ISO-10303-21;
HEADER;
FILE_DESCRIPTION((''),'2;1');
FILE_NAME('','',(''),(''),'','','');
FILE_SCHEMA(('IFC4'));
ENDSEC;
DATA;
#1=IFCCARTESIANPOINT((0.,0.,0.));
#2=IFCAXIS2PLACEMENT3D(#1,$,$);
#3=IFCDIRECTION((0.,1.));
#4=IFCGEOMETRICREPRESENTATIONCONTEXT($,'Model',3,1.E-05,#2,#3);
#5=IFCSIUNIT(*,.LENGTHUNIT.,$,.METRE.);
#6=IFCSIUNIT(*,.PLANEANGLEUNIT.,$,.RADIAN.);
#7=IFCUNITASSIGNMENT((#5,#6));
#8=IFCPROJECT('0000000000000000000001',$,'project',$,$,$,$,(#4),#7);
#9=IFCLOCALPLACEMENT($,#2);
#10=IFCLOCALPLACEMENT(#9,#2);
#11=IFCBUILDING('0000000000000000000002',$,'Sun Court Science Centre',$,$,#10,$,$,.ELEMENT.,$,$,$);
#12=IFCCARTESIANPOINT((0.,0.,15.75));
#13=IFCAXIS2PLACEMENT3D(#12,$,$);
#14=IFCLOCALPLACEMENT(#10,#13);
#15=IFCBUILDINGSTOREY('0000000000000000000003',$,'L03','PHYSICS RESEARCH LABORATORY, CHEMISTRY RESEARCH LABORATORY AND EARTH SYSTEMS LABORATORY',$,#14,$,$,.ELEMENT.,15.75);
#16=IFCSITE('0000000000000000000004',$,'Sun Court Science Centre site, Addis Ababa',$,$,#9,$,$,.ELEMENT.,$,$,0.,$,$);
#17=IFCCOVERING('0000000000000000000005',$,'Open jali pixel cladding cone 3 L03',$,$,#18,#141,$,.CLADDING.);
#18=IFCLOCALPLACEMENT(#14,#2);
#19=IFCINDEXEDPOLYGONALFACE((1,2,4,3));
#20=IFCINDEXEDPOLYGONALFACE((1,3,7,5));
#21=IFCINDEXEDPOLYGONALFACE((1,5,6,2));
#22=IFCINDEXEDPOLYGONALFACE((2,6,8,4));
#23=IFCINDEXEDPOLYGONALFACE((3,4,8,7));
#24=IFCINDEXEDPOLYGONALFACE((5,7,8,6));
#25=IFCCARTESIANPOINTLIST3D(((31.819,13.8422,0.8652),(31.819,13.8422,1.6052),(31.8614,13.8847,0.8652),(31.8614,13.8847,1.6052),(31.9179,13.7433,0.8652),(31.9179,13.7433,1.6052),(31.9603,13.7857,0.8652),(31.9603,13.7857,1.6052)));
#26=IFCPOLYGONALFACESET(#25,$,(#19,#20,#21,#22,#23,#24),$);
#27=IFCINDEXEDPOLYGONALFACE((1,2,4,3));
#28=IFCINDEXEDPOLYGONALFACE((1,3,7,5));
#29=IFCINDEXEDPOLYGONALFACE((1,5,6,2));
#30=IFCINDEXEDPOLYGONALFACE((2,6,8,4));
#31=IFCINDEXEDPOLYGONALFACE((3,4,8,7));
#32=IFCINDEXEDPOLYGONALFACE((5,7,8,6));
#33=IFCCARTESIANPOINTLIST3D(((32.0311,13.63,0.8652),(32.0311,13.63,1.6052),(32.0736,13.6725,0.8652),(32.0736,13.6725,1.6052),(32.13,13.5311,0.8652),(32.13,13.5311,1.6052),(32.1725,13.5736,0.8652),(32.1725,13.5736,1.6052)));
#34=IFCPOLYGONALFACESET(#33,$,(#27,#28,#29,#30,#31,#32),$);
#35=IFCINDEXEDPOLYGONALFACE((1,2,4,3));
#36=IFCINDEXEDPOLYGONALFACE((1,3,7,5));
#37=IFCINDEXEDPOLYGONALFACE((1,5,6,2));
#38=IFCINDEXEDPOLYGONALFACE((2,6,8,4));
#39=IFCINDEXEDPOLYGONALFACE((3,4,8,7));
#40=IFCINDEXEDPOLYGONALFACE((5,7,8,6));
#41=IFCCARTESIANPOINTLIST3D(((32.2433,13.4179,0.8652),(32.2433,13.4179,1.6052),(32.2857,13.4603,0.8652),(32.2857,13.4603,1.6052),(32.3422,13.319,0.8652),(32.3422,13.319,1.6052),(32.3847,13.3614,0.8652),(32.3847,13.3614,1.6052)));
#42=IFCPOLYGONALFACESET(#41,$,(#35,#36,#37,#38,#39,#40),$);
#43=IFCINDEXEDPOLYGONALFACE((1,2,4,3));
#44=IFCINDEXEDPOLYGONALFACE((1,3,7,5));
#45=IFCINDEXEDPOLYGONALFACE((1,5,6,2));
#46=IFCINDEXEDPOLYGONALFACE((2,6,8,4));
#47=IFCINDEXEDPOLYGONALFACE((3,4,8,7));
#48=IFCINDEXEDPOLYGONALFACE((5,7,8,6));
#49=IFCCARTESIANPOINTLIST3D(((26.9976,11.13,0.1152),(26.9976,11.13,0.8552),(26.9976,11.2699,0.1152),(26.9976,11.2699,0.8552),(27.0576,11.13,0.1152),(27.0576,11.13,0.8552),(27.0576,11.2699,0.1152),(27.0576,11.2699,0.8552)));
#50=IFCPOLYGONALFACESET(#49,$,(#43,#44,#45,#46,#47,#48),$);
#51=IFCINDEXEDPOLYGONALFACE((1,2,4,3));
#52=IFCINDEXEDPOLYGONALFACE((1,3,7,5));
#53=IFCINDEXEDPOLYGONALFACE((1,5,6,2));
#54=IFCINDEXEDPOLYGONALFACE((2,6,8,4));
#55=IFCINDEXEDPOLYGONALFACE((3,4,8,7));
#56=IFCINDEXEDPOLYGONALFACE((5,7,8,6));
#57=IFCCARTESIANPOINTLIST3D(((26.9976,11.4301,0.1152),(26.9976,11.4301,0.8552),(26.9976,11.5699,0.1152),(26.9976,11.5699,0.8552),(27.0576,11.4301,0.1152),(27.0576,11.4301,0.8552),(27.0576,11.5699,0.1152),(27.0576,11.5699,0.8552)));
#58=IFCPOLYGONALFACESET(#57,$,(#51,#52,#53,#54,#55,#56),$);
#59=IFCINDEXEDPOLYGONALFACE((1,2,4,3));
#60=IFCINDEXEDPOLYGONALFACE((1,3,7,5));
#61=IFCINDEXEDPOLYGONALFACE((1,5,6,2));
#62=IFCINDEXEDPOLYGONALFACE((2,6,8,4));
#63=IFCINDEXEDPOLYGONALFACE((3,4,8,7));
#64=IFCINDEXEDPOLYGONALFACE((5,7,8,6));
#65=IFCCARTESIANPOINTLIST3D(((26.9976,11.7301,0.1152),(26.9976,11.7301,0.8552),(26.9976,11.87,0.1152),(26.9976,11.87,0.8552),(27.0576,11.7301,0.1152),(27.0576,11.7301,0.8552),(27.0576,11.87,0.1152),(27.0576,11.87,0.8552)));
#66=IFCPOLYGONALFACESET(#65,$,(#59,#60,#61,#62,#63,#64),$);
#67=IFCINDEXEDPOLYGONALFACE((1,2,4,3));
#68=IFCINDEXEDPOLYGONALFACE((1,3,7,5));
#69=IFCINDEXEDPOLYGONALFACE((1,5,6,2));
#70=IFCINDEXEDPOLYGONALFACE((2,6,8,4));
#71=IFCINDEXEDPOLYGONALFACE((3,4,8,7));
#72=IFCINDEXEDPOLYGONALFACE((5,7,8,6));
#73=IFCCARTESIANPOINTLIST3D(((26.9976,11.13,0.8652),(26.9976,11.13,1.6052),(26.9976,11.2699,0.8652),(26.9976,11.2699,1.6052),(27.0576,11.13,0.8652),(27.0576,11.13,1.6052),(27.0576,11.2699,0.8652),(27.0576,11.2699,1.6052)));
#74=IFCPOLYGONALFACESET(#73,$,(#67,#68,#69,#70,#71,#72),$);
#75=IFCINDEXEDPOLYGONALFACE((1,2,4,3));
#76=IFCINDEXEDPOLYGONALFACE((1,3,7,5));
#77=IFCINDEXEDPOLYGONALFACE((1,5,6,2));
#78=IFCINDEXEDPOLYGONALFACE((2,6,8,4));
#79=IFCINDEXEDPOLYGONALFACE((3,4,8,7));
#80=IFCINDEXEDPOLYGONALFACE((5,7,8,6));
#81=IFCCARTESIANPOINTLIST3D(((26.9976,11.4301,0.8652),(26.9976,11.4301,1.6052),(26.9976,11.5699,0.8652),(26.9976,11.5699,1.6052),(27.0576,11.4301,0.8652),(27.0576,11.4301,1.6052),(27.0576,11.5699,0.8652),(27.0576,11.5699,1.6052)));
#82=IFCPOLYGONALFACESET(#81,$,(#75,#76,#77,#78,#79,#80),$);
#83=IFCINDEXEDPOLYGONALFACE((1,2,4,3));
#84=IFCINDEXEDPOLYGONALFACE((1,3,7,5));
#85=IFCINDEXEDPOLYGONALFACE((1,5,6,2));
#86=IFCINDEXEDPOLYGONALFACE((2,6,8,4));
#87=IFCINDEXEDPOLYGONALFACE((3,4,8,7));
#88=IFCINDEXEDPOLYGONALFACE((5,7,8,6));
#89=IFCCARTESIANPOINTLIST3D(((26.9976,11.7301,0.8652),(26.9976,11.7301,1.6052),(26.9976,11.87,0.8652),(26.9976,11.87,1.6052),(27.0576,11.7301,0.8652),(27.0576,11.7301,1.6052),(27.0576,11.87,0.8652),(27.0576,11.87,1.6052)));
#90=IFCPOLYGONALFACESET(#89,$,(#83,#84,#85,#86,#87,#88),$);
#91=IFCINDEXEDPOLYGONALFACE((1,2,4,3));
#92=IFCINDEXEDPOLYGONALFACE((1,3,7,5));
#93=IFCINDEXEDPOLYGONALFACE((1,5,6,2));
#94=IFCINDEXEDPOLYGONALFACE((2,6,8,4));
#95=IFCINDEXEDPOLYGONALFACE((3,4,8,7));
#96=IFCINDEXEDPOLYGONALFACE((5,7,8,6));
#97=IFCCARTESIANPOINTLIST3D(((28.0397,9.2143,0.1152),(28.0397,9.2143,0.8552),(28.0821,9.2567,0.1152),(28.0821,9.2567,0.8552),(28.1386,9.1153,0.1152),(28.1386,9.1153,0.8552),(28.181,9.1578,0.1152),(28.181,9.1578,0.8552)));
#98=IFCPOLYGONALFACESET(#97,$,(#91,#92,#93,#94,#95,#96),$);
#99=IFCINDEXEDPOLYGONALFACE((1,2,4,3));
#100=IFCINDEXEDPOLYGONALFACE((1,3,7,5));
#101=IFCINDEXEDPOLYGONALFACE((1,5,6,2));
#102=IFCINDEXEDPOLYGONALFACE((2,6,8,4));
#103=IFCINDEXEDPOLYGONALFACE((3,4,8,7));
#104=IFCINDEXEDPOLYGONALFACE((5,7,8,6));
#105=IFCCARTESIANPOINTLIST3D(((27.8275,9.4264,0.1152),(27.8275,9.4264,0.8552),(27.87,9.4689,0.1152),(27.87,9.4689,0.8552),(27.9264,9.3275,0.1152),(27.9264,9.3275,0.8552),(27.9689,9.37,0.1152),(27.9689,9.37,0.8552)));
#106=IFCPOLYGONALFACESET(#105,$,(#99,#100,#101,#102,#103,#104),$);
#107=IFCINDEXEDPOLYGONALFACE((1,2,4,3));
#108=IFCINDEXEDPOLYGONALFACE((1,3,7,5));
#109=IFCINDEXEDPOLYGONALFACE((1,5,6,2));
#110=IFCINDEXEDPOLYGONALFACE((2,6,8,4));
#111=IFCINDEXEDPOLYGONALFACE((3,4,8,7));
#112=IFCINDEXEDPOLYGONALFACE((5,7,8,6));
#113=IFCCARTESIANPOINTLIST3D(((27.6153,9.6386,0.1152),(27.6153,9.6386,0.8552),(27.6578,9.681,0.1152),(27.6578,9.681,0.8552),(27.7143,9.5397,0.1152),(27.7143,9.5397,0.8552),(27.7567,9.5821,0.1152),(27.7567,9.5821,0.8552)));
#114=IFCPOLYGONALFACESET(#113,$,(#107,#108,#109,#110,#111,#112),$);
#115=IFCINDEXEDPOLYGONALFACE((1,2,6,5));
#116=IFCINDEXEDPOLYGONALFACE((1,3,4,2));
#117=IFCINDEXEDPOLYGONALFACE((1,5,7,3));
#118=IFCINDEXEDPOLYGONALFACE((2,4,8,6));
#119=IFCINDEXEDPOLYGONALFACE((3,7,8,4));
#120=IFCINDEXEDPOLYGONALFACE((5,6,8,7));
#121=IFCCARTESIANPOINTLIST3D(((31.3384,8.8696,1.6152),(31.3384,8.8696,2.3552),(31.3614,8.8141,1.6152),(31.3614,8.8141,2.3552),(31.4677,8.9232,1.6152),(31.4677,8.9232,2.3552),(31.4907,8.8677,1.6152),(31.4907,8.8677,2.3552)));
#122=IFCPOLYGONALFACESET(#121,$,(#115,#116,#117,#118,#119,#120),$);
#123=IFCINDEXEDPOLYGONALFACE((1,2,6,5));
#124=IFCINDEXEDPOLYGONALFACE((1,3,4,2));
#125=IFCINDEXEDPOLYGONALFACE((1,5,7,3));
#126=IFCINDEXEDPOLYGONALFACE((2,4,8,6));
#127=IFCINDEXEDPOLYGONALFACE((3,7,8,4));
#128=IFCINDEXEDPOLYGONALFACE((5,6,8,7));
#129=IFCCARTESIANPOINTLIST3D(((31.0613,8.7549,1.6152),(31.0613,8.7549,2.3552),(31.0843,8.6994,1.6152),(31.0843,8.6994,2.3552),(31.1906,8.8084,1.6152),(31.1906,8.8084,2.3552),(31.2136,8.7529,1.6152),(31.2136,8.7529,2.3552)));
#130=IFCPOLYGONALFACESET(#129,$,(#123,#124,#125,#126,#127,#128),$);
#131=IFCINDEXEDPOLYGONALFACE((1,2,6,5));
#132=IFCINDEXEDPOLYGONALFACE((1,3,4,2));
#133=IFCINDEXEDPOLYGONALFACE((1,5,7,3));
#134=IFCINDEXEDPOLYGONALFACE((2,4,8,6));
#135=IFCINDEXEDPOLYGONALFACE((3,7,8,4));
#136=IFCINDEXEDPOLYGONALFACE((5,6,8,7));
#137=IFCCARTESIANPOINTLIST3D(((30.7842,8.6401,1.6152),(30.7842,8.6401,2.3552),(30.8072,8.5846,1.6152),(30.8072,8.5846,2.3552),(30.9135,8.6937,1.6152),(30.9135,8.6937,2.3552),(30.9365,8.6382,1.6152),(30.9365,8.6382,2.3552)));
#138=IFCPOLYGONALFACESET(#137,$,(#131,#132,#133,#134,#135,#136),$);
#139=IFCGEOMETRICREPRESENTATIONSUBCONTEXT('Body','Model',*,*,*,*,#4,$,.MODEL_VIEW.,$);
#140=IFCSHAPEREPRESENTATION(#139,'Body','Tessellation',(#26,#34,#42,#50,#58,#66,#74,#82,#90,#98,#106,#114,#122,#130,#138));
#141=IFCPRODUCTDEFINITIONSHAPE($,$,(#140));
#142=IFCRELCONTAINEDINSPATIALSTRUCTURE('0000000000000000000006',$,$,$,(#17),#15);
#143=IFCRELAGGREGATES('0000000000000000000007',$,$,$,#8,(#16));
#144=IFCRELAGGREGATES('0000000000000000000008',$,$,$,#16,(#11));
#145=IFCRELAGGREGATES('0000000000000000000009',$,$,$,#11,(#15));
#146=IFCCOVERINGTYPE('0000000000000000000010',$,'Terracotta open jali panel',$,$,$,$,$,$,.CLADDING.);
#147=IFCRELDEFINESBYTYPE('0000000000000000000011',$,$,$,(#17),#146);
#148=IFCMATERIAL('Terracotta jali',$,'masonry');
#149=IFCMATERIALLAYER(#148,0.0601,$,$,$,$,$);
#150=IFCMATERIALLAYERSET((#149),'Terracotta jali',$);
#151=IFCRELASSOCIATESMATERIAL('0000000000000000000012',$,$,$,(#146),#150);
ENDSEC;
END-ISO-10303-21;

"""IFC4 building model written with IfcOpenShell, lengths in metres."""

from ifc_helpers import new_model, si_unit, direction, frame, origin, origin_2d, place, context, subcontext, project, spatial, rectangle, extrude, material, layer, layer_set, type_object, element, save


model = new_model("IFC4")

# Units and contexts
model_context = context("Model", 3, precision=1e-05, world=origin(), true_north=direction((0.0, 1.0)))
body_context = subcontext(model_context, "Body", "Model", "MODEL_VIEW")
ifc_project = project(units=[si_unit("LENGTHUNIT", "METRE"), si_unit("PLANEANGLEUNIT", "RADIAN")], contexts=[model_context])

# Site, building, storey
site_placement = place(None, origin())
site = spatial("IfcSite", under=ifc_project, at=site_placement, Name="Sun Court Science Centre site, Addis Ababa", CompositionType="ELEMENT", RefElevation=0.0)
building_placement = place(site_placement, origin())
building = spatial("IfcBuilding", under=site, at=building_placement, Name="Sun Court Science Centre", CompositionType="ELEMENT")
storey_placement = place(building_placement, frame((0.0, 0.0, 15.75)))
storey = spatial("IfcBuildingStorey", under=building, at=storey_placement, Name="L03", Description="PHYSICS RESEARCH LABORATORY, CHEMISTRY RESEARCH LABORATORY AND EARTH SYSTEMS LABORATORY", CompositionType="ELEMENT", Elevation=15.75)

# Covering
ifc_material_1 = material(Name="Terracotta jali", Category="masonry")
ifc_layer_1 = layer(ifc_material_1, 0.0601)
ifc_layer_set_1 = layer_set([ifc_layer_1], Name="Terracotta jali")
covering_type_1 = type_object("IfcCoveringType", Name="Terracotta open jali panel", PredefinedType="CLADDING", material=ifc_layer_set_1)
covering_1_placement = place(storey_placement, frame((0.0, 0.0, -15.75)))
element("IfcCovering", 1, at=covering_1_placement, inside=storey, type_object=covering_type_1, Name="Open jali pixel cladding cone 3 L03", PredefinedType="CLADDING", context=body_context, shape_type="SweptSolid", body=[
    extrude(rectangle(XDim=0.1399, YDim=0.0601, at=origin_2d()), frame((31.8896, 13.814, 16.6152), z_axis=(0.0, 0.0, 1.0), x_axis=(0.707107, -0.707107, 0.0)), (0.0, 0.0, 1.0), 0.74),
    extrude(rectangle(XDim=0.1399, YDim=0.0601, at=origin_2d()), frame((32.1018, 13.6018, 16.6152), z_axis=(0.0, 0.0, 1.0), x_axis=(0.707107, -0.707107, 0.0)), (0.0, 0.0, 1.0), 0.74),
    extrude(rectangle(XDim=0.1399, YDim=0.0601, at=origin_2d()), frame((32.314, 13.3896, 16.6152), z_axis=(0.0, 0.0, 1.0), x_axis=(0.707107, -0.707107, 0.0)), (0.0, 0.0, 1.0), 0.74),
    extrude(rectangle(XDim=0.1399, YDim=0.0601, at=origin_2d()), frame((27.0276, 11.2, 15.8652), z_axis=(0.0, 0.0, 1.0), x_axis=(0.0, 1.0, 0.0)), (0.0, 0.0, 1.0), 0.74),
    extrude(rectangle(XDim=0.1399, YDim=0.0601, at=origin_2d()), frame((27.0276, 11.5, 15.8652), z_axis=(0.0, 0.0, 1.0), x_axis=(0.0, 1.0, 0.0)), (0.0, 0.0, 1.0), 0.74),
    extrude(rectangle(XDim=0.1399, YDim=0.0601, at=origin_2d()), frame((27.0276, 11.8, 15.8652), z_axis=(0.0, 0.0, 1.0), x_axis=(0.0, 1.0, 0.0)), (0.0, 0.0, 1.0), 0.74),
    extrude(rectangle(XDim=0.1399, YDim=0.0601, at=origin_2d()), frame((27.0276, 11.2, 16.6152), z_axis=(0.0, 0.0, 1.0), x_axis=(0.0, 1.0, 0.0)), (0.0, 0.0, 1.0), 0.74),
    extrude(rectangle(XDim=0.1399, YDim=0.0601, at=origin_2d()), frame((27.0276, 11.5, 16.6152), z_axis=(0.0, 0.0, 1.0), x_axis=(0.0, 1.0, 0.0)), (0.0, 0.0, 1.0), 0.74),
    extrude(rectangle(XDim=0.1399, YDim=0.0601, at=origin_2d()), frame((27.0276, 11.8, 16.6152), z_axis=(0.0, 0.0, 1.0), x_axis=(0.0, 1.0, 0.0)), (0.0, 0.0, 1.0), 0.74),
    extrude(rectangle(XDim=0.1399, YDim=0.0601, at=origin_2d()), frame((28.1104, 9.186, 15.8652), z_axis=(0.0, 0.0, 1.0), x_axis=(-0.707107, 0.707107, 0.0)), (0.0, 0.0, 1.0), 0.74),
    extrude(rectangle(XDim=0.1399, YDim=0.0601, at=origin_2d()), frame((27.8982, 9.3982, 15.8652), z_axis=(0.0, 0.0, 1.0), x_axis=(-0.707107, 0.707107, 0.0)), (0.0, 0.0, 1.0), 0.74),
    extrude(rectangle(XDim=0.1399, YDim=0.0601, at=origin_2d()), frame((27.686, 9.6104, 15.8652), z_axis=(0.0, 0.0, 1.0), x_axis=(-0.707107, 0.707107, 0.0)), (0.0, 0.0, 1.0), 0.74),
    extrude(rectangle(XDim=0.1399, YDim=0.0601, at=origin_2d()), frame((31.4146, 8.8687, 17.3652), z_axis=(0.0, 0.0, 1.0), x_axis=(-0.92388, -0.382683, 0.0)), (0.0, 0.0, 1.0), 0.74),
    extrude(rectangle(XDim=0.1399, YDim=0.0601, at=origin_2d()), frame((31.1375, 8.7539, 17.3652), z_axis=(0.0, 0.0, 1.0), x_axis=(-0.92388, -0.382683, 0.0)), (0.0, 0.0, 1.0), 0.74),
    extrude(rectangle(XDim=0.1399, YDim=0.0601, at=origin_2d()), frame((30.8604, 8.6392, 17.3652), z_axis=(0.0, 0.0, 1.0), x_axis=(-0.92388, -0.382683, 0.0)), (0.0, 0.0, 1.0), 0.74),
])

save(model, "model.ifc")
